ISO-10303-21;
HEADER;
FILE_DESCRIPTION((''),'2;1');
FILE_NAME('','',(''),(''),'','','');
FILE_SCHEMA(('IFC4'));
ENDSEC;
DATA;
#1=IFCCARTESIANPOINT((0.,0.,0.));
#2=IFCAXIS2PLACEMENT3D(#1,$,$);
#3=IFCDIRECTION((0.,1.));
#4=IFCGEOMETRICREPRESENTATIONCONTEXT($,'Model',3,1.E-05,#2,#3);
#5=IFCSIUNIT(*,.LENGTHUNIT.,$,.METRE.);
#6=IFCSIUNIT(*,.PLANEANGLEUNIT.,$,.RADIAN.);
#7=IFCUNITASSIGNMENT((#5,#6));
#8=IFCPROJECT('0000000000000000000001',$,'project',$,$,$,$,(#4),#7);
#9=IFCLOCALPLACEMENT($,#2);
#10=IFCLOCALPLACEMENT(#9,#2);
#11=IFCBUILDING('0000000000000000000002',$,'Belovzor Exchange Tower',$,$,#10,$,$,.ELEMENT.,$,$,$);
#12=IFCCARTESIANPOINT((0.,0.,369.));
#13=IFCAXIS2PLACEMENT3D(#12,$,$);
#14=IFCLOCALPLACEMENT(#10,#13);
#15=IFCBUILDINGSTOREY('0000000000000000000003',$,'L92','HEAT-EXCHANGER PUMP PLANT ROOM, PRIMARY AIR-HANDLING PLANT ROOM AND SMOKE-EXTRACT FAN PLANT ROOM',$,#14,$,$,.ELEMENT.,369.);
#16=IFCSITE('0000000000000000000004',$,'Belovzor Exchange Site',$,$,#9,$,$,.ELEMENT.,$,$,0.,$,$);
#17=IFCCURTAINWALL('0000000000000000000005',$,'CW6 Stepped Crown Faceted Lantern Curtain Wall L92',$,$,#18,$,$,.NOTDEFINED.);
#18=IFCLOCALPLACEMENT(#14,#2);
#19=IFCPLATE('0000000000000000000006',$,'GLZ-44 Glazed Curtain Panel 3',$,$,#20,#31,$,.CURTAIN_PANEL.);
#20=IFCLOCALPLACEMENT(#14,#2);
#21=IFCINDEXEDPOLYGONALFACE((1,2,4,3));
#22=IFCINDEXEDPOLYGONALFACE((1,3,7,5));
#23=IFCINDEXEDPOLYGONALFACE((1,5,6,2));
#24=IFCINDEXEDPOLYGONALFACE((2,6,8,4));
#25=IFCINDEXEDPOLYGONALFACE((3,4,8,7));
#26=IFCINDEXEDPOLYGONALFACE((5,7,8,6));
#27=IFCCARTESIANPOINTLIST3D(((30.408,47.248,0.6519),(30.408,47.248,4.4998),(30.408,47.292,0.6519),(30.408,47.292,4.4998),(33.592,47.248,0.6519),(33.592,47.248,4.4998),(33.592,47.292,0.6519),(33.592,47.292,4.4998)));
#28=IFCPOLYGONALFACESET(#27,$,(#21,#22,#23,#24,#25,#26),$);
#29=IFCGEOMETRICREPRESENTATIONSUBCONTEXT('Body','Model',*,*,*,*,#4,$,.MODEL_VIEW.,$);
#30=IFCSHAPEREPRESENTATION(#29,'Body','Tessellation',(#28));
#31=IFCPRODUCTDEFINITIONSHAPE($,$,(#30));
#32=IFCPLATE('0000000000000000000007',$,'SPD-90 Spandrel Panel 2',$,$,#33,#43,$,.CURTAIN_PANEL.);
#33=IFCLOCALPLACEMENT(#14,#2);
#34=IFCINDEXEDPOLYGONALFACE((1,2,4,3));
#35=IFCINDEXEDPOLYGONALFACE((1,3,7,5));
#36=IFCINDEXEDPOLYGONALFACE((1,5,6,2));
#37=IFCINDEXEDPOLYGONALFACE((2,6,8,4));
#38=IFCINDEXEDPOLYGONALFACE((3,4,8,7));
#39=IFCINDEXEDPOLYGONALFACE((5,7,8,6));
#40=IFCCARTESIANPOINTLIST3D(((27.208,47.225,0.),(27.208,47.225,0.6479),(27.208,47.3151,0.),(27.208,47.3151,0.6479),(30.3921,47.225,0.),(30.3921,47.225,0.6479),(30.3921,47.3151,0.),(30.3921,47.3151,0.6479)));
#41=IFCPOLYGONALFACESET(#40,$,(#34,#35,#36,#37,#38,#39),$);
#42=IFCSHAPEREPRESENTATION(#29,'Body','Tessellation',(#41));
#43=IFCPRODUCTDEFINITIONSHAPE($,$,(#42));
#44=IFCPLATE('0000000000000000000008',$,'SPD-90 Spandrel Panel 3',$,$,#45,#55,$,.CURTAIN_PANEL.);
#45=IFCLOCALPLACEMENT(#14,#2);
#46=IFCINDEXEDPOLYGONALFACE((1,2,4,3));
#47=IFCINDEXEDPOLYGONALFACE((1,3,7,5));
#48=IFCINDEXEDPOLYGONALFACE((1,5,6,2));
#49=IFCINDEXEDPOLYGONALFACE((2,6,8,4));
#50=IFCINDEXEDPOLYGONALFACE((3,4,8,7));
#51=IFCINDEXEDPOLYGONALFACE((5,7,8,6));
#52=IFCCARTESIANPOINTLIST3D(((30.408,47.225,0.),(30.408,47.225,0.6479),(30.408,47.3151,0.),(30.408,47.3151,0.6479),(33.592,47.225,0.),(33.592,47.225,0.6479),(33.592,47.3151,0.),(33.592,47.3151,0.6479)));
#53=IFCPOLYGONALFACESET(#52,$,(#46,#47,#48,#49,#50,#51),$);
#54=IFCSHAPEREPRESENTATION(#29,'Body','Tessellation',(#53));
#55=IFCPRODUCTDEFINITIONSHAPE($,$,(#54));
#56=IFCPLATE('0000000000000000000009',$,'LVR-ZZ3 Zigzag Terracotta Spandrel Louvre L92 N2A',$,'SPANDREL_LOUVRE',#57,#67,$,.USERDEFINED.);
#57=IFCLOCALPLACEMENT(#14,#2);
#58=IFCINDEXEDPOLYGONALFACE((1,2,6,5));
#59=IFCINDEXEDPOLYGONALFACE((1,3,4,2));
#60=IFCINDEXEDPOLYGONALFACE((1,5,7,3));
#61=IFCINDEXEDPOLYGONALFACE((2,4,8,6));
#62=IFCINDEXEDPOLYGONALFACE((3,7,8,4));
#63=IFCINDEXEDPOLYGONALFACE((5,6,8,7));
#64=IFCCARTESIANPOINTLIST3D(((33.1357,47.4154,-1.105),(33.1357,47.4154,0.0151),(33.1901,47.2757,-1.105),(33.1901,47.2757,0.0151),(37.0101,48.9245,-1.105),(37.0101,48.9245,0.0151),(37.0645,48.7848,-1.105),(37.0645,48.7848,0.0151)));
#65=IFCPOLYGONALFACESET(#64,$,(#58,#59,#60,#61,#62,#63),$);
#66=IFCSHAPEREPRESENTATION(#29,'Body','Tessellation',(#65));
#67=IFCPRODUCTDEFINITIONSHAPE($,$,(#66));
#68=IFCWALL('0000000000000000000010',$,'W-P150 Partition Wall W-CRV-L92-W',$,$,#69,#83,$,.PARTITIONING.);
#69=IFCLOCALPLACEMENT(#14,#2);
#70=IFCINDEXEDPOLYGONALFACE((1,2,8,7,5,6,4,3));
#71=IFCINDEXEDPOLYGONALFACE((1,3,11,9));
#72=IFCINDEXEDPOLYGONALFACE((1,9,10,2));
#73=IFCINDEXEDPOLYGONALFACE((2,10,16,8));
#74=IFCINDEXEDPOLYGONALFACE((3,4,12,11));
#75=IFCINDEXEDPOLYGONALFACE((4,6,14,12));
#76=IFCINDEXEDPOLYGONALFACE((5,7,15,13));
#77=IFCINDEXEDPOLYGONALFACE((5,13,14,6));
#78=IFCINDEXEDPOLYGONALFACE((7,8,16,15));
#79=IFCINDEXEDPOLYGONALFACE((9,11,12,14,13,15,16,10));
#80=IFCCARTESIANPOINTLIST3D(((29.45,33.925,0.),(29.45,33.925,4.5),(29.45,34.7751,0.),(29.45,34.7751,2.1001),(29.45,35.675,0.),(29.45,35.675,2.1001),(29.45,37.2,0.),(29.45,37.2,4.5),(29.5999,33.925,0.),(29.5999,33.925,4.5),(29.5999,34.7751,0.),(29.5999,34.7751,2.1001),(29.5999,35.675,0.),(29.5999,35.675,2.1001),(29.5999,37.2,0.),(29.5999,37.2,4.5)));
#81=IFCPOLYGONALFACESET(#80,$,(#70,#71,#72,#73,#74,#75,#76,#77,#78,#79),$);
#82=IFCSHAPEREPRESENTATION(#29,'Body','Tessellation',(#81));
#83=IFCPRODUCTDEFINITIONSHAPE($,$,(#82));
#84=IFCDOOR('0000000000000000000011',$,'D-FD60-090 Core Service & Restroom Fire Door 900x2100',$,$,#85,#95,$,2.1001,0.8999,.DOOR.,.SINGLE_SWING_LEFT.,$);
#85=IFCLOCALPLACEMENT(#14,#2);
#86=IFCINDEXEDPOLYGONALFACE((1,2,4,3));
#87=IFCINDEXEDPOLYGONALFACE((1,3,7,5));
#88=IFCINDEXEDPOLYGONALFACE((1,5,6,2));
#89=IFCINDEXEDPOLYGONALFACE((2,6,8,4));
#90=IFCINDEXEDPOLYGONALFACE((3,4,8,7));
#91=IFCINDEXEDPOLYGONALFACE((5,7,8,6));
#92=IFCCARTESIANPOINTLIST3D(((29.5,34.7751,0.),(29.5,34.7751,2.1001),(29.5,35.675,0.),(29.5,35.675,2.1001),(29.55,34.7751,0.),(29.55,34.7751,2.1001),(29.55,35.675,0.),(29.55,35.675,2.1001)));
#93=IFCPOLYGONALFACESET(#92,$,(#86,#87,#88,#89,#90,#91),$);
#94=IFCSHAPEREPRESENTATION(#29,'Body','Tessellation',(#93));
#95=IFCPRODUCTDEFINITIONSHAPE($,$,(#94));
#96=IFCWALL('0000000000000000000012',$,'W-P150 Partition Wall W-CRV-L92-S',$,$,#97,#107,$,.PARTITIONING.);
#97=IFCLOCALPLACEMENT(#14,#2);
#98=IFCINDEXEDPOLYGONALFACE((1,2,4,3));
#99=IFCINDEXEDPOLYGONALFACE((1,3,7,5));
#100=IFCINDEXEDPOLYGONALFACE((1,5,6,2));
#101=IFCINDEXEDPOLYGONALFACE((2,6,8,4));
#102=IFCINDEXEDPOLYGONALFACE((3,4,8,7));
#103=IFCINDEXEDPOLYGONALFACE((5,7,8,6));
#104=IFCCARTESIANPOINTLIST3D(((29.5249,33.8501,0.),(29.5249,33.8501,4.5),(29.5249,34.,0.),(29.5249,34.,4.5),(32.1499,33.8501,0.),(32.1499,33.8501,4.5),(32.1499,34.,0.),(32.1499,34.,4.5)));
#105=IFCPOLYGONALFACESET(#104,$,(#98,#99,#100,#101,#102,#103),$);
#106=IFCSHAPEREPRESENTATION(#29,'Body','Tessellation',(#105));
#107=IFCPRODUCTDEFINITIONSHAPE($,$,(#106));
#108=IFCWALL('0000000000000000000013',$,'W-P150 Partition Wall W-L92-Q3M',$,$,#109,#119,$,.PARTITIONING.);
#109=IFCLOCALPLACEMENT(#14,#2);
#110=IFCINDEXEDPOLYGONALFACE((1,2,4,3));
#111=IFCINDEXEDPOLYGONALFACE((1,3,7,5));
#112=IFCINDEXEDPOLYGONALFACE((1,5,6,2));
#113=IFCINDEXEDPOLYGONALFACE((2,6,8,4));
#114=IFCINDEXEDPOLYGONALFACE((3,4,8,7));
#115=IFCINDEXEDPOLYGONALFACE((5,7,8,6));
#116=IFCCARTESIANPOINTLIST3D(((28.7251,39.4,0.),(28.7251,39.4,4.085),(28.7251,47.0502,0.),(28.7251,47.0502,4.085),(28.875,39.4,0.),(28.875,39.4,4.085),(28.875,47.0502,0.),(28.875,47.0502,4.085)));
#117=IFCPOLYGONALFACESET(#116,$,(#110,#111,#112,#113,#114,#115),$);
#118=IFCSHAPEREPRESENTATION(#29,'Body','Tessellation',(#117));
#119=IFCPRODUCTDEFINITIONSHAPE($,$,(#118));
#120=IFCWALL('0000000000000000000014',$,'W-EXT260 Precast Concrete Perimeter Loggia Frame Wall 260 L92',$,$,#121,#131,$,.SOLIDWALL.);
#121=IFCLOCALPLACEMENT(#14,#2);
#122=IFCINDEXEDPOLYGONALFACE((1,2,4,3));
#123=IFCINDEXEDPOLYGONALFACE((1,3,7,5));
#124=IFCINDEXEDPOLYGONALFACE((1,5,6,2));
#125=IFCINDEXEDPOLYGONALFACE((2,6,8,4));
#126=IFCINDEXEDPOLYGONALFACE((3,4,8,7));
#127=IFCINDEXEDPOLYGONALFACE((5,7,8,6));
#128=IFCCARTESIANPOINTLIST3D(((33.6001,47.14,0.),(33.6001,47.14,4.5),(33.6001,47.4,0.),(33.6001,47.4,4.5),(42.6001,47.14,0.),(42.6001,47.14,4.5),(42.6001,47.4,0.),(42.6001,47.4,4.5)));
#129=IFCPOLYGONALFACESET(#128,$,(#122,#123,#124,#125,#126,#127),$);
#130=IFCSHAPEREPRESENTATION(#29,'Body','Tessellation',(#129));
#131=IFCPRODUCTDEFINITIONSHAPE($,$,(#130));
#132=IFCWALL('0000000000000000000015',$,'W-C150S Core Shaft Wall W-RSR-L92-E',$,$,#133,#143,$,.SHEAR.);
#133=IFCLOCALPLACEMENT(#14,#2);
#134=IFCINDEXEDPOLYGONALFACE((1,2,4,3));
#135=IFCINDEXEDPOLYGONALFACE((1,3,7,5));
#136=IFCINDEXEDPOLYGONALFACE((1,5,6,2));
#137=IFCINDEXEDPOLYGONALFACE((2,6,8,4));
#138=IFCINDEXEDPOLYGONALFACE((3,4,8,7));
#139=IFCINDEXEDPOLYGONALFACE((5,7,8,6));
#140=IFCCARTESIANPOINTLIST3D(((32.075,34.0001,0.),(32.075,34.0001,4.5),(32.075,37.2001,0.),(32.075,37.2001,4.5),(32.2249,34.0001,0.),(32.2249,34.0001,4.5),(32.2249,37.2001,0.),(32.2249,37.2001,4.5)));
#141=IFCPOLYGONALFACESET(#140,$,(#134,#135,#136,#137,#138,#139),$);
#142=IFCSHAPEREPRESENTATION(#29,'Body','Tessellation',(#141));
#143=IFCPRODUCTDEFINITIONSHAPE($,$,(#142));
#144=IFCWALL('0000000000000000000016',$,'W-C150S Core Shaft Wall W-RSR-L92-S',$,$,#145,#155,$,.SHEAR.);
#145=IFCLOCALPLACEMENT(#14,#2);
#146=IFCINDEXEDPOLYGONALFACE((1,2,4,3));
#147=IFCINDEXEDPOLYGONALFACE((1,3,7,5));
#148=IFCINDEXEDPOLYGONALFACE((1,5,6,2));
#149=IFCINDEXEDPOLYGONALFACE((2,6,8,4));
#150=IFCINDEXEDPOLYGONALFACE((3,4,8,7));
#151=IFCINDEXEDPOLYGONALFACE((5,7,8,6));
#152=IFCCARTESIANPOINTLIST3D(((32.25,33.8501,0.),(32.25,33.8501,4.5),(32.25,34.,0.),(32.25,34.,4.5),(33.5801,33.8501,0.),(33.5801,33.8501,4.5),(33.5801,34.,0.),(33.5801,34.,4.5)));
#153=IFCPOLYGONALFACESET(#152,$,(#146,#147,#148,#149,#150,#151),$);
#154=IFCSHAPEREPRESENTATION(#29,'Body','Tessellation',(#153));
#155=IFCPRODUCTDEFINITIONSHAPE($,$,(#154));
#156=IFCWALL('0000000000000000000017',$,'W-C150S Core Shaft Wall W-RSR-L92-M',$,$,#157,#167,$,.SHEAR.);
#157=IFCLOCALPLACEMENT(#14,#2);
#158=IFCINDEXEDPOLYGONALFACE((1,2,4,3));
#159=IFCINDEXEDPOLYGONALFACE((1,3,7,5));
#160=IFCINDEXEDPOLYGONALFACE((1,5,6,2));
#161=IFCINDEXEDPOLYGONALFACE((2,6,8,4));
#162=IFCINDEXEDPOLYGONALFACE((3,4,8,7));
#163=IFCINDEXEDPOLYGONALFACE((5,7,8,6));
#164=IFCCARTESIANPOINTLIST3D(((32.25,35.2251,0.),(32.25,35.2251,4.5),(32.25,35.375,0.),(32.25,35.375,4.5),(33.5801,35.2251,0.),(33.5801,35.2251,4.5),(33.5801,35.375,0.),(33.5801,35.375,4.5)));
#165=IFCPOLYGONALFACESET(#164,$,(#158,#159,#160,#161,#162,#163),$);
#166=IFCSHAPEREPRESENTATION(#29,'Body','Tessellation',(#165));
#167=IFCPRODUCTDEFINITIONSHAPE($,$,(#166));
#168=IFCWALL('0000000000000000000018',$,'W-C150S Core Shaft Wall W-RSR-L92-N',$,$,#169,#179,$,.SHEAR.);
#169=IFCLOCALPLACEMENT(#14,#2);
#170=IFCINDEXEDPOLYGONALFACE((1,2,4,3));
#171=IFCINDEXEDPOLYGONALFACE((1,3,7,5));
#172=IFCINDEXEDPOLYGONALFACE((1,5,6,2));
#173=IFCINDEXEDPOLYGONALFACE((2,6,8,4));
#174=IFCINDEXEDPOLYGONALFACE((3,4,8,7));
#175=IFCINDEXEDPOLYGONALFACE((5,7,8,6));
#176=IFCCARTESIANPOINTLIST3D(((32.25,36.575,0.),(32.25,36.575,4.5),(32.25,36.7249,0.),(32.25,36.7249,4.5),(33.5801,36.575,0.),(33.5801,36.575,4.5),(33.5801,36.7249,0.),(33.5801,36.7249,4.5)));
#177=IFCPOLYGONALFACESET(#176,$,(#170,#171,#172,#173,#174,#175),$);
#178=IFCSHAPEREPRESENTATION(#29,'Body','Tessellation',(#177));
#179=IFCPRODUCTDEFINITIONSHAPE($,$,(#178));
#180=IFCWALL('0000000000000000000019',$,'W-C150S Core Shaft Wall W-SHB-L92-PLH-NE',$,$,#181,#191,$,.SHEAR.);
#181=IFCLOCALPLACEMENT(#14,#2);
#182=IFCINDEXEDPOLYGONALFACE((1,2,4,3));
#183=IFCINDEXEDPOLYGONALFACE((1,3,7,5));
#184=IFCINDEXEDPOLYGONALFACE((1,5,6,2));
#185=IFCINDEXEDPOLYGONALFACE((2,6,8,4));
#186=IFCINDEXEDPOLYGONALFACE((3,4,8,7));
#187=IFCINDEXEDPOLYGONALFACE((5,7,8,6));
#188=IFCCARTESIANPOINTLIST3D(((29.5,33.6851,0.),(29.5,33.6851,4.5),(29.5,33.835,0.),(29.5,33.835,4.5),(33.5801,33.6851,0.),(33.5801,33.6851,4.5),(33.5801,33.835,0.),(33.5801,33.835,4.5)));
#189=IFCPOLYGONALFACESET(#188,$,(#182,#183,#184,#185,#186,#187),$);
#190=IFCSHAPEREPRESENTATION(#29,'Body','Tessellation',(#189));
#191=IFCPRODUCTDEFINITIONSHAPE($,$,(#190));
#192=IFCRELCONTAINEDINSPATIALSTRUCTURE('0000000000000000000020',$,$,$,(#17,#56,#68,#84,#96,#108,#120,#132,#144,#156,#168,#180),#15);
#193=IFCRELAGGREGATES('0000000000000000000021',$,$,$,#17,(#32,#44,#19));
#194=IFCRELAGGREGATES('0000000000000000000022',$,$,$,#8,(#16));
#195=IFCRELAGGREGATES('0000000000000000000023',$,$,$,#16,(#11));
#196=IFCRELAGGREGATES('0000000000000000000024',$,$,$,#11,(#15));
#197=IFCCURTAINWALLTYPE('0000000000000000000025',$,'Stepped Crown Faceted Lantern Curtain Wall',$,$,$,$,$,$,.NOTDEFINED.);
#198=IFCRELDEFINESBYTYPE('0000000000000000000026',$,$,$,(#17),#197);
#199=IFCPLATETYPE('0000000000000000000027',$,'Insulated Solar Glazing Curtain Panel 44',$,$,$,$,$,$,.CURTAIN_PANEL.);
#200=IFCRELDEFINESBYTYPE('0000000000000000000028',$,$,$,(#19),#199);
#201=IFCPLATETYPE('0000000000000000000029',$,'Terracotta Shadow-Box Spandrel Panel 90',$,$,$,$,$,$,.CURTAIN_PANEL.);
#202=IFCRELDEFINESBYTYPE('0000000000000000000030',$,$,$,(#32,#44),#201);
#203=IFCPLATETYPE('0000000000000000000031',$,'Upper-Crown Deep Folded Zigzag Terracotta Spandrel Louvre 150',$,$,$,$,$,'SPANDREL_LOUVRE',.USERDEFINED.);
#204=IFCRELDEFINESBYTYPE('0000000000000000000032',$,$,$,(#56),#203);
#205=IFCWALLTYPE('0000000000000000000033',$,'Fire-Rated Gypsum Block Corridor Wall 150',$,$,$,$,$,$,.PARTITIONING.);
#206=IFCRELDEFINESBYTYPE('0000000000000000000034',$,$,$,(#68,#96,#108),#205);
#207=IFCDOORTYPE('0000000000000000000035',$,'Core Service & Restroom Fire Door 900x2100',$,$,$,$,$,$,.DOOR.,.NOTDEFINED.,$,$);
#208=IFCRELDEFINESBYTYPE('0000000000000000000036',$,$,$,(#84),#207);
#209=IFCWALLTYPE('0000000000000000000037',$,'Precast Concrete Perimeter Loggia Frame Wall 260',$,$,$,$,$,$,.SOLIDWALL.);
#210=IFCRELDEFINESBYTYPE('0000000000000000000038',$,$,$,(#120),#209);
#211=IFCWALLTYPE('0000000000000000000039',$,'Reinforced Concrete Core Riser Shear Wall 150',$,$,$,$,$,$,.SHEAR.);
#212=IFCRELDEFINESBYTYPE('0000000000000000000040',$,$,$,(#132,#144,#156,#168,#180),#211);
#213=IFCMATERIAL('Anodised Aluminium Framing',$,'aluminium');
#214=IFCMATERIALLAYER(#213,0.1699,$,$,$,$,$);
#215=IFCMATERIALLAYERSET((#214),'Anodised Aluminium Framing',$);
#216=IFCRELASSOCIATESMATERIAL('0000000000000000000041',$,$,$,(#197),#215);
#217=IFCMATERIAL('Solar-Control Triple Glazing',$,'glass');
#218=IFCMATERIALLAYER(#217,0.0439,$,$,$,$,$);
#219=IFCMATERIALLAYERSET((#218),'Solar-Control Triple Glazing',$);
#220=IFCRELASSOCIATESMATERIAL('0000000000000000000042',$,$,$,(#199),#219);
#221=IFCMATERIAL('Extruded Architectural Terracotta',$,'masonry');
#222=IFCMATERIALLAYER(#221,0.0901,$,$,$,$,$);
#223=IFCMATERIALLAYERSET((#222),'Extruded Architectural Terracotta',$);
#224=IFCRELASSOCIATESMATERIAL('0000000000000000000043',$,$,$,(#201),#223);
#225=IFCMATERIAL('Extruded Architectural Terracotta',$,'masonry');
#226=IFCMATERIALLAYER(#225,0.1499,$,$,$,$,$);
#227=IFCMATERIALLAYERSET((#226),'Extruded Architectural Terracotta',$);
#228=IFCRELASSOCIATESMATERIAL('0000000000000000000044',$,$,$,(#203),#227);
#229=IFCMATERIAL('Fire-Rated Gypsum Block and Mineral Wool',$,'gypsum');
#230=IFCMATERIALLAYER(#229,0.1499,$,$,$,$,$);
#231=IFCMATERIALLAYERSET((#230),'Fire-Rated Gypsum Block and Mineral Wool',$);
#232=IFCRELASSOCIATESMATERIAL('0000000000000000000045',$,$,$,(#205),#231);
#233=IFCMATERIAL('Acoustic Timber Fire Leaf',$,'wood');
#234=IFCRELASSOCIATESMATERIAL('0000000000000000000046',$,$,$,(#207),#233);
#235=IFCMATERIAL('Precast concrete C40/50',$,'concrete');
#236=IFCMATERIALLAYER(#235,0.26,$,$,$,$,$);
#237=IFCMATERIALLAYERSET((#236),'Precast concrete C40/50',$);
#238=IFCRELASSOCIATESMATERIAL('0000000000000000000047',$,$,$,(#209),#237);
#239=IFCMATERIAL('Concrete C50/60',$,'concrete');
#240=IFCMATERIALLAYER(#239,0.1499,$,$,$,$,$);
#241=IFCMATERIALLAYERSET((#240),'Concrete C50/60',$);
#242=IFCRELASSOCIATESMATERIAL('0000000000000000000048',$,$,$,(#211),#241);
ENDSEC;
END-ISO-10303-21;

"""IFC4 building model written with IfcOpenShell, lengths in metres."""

from ifc_helpers import new_model, si_unit, direction, frame, frame_2d, origin, origin_2d, place, context, subcontext, project, spatial, rectangle, extrude, material, layer, layer_set, type_object, element, fill, aggregate, save


model = new_model("IFC4")

# Units and contexts
model_context = context("Model", 3, precision=1e-05, world=origin(), true_north=direction((0.0, 1.0)))
body_context = subcontext(model_context, "Body", "Model", "MODEL_VIEW")
ifc_project = project(units=[si_unit("LENGTHUNIT", "METRE"), si_unit("PLANEANGLEUNIT", "RADIAN")], contexts=[model_context])

# Site, building, storey
site_placement = place(None, origin())
site = spatial("IfcSite", under=ifc_project, at=site_placement, Name="Belovzor Exchange Site", CompositionType="ELEMENT", RefElevation=0.0)
building_placement = place(site_placement, origin())
building = spatial("IfcBuilding", under=site, at=building_placement, Name="Belovzor Exchange Tower", CompositionType="ELEMENT")
storey_placement = place(building_placement, frame((0.0, 0.0, 369.0)))
storey = spatial("IfcBuildingStorey", under=building, at=storey_placement, Name="L92", Description="HEAT-EXCHANGER PUMP PLANT ROOM, PRIMARY AIR-HANDLING PLANT ROOM AND SMOKE-EXTRACT FAN PLANT ROOM", CompositionType="ELEMENT", Elevation=369.0)

# Curtain wall
ifc_material_1 = material(Name="Anodised Aluminium Framing", Category="aluminium")
ifc_layer_1 = layer(ifc_material_1, 0.1699)
ifc_layer_set_1 = layer_set([ifc_layer_1], Name="Anodised Aluminium Framing")
curtain_wall_type = type_object("IfcCurtainWallType", Name="Stepped Crown Faceted Lantern Curtain Wall", PredefinedType="NOTDEFINED", material=ifc_layer_set_1)
curtain_wall_placement = place(storey_placement, origin())
curtain_wall = element("IfcCurtainWall", 1, at=curtain_wall_placement, inside=storey, type_object=curtain_wall_type, Name="CW6 Stepped Crown Faceted Lantern Curtain Wall L92", PredefinedType="NOTDEFINED")

# Plates
ifc_material_2 = material(Name="Solar-Control Triple Glazing", Category="glass")
ifc_layer_2 = layer(ifc_material_2, 0.0439)
ifc_layer_set_2 = layer_set([ifc_layer_2], Name="Solar-Control Triple Glazing")
plate_type_1 = type_object("IfcPlateType", Name="Insulated Solar Glazing Curtain Panel 44", PredefinedType="CURTAIN_PANEL", material=ifc_layer_set_2)
plate_1_placement = place(storey_placement, frame((32.0, 47.27, 0.6519), z_axis=(0.0, 0.0, 1.0), x_axis=(1.0, 0.0, 0.0)))
plate_1 = element("IfcPlate", 2, at=plate_1_placement, type_object=plate_type_1, Name="GLZ-44 Glazed Curtain Panel 3", PredefinedType="CURTAIN_PANEL", context=body_context, shape_type="SweptSolid", body=[
    extrude(rectangle(XDim=3.1841, YDim=0.0439, at=origin_2d()), origin(), (0.0, 0.0, 1.0), 3.8479),
])
ifc_material_3 = material(Name="Extruded Architectural Terracotta", Category="masonry")
ifc_layer_3 = layer(ifc_material_3, 0.0901)
ifc_layer_set_3 = layer_set([ifc_layer_3], Name="Extruded Architectural Terracotta")
plate_type_2 = type_object("IfcPlateType", Name="Terracotta Shadow-Box Spandrel Panel 90", PredefinedType="CURTAIN_PANEL", material=ifc_layer_set_3)
plate_2_placement = place(storey_placement, frame((28.8, 47.27, 0.0), z_axis=(0.0, 0.0, 1.0), x_axis=(1.0, 0.0, 0.0)))
plate_2 = element("IfcPlate", 3, at=plate_2_placement, type_object=plate_type_2, Name="SPD-90 Spandrel Panel 2", PredefinedType="CURTAIN_PANEL", context=body_context, shape_type="SweptSolid", body=[
    extrude(rectangle(XDim=3.1841, YDim=0.0901, at=origin_2d()), origin(), (0.0, 0.0, 1.0), 0.6479),
])
plate_3_placement = place(storey_placement, frame((32.0, 47.27, 0.0), z_axis=(0.0, 0.0, 1.0), x_axis=(1.0, 0.0, 0.0)))
plate_3 = element("IfcPlate", 4, at=plate_3_placement, type_object=plate_type_2, Name="SPD-90 Spandrel Panel 3", PredefinedType="CURTAIN_PANEL", context=body_context, shape_type="SweptSolid", body=[
    extrude(rectangle(XDim=3.1841, YDim=0.0901, at=origin_2d()), origin(), (0.0, 0.0, 1.0), 0.6479),
])
aggregate(curtain_wall, [plate_2, plate_3, plate_1])
ifc_material_4 = material(Name="Extruded Architectural Terracotta", Category="masonry")
ifc_layer_4 = layer(ifc_material_4, 0.1499)
ifc_layer_set_4 = layer_set([ifc_layer_4], Name="Extruded Architectural Terracotta")
plate_type_3 = type_object("IfcPlateType", Name="Upper-Crown Deep Folded Zigzag Terracotta Spandrel Louvre 150", ElementType="SPANDREL_LOUVRE", PredefinedType="USERDEFINED", material=ifc_layer_set_4)
plate_4_placement = place(storey_placement, frame((35.1001, 48.1001, -1.105), z_axis=(0.0, 0.0, 1.0), x_axis=(0.931818, 0.362926, 0.0)))
element("IfcPlate", 5, at=plate_4_placement, inside=storey, type_object=plate_type_3, Name="LVR-ZZ3 Zigzag Terracotta Spandrel Louvre L92 N2A", ObjectType="SPANDREL_LOUVRE", PredefinedType="USERDEFINED", context=body_context, shape_type="SweptSolid", body=[
    extrude(rectangle(XDim=4.158, YDim=0.1499, at=origin_2d()), origin(), (0.0, 0.0, 1.0), 1.1201),
])

# Wall, opening, door
ifc_material_5 = material(Name="Fire-Rated Gypsum Block and Mineral Wool", Category="gypsum")
ifc_layer_5 = layer(ifc_material_5, 0.1499)
ifc_layer_set_5 = layer_set([ifc_layer_5], Name="Fire-Rated Gypsum Block and Mineral Wool")
wall_type_1 = type_object("IfcWallType", Name="Fire-Rated Gypsum Block Corridor Wall 150", PredefinedType="PARTITIONING", material=ifc_layer_set_5)
wall_1_placement = place(storey_placement, frame((29.5249, 33.925, 0.0), z_axis=(0.0, 0.0, 1.0), x_axis=(0.0, 1.0, 0.0)))
wall_1 = element("IfcWall", 6, at=wall_1_placement, inside=storey, type_object=wall_type_1, Name="W-P150 Partition Wall W-CRV-L92-W", PredefinedType="PARTITIONING", context=body_context, shape_type="SweptSolid", body=[
    extrude(rectangle(XDim=3.2749, YDim=0.1499, at=frame_2d((1.6375, 0.0))), origin(), (0.0, 0.0, 1.0), 4.5),
])
opening_placement = place(wall_1_placement, frame((0.8501, 0.0, 0.0)))
opening = element("IfcOpeningElement", 7, at=opening_placement, cuts=wall_1, PredefinedType="OPENING", context=body_context, shape_type="SweptSolid", body=[
    extrude(rectangle(XDim=0.8999, YDim=2.1001, at=frame_2d((0.45, 1.05))), frame((0.0, 0.085, 0.0), z_axis=(0.0, -1.0, 0.0), x_axis=(1.0, 0.0, 0.0)), (0.0, 0.0, 1.0), 0.1699),
])
ifc_material_6 = material(Name="Acoustic Timber Fire Leaf", Category="wood")
door_type = type_object("IfcDoorType", Name="Core Service & Restroom Fire Door 900x2100", OperationType="NOTDEFINED", PredefinedType="DOOR", material=ifc_material_6)
door_placement = place(opening_placement, origin())
door = element("IfcDoor", 8, at=door_placement, inside=storey, type_object=door_type, Name="D-FD60-090 Core Service & Restroom Fire Door 900x2100", OperationType="SINGLE_SWING_LEFT", OverallHeight=2.1001, OverallWidth=0.8999, PredefinedType="DOOR", context=body_context, shape_type="SweptSolid", body=[
    extrude(rectangle(XDim=0.8999, YDim=2.1001, at=frame_2d((0.45, 1.05))), frame((0.0, 0.0249, 0.0), z_axis=(0.0, -1.0, 0.0), x_axis=(1.0, 0.0, 0.0)), (0.0, 0.0, 1.0), 0.05),
])
fill(opening, door)

# Walls
wall_2_placement = place(storey_placement, frame((29.5249, 33.925, 0.0), z_axis=(0.0, 0.0, 1.0), x_axis=(1.0, 0.0, 0.0)))
element("IfcWall", 9, at=wall_2_placement, inside=storey, type_object=wall_type_1, Name="W-P150 Partition Wall W-CRV-L92-S", PredefinedType="PARTITIONING", context=body_context, shape_type="SweptSolid", body=[
    extrude(rectangle(XDim=2.625, YDim=0.1499, at=frame_2d((1.3125, 0.0))), origin(), (0.0, 0.0, 1.0), 4.5),
])
wall_3_placement = place(storey_placement, frame((28.8, 39.3999, 0.0), z_axis=(0.0, 0.0, 1.0), x_axis=(0.0, 1.0, 0.0)))
element("IfcWall", 10, at=wall_3_placement, inside=storey, type_object=wall_type_1, Name="W-P150 Partition Wall W-L92-Q3M", PredefinedType="PARTITIONING", context=body_context, shape_type="SweptSolid", body=[
    extrude(rectangle(XDim=7.6501, YDim=0.1499, at=frame_2d((3.8252, 0.0))), origin(), (0.0, 0.0, 1.0), 4.085),
])
ifc_material_7 = material(Name="Precast concrete C40/50", Category="concrete")
ifc_layer_6 = layer(ifc_material_7, 0.26)
ifc_layer_set_6 = layer_set([ifc_layer_6], Name="Precast concrete C40/50")
wall_type_2 = type_object("IfcWallType", Name="Precast Concrete Perimeter Loggia Frame Wall 260", PredefinedType="SOLIDWALL", material=ifc_layer_set_6)
wall_4_placement = place(storey_placement, frame((33.6001, 47.27, 0.0), z_axis=(0.0, 0.0, 1.0), x_axis=(1.0, 0.0, 0.0)))
element("IfcWall", 11, at=wall_4_placement, inside=storey, type_object=wall_type_2, Name="W-EXT260 Precast Concrete Perimeter Loggia Frame Wall 260 L92", PredefinedType="SOLIDWALL", context=body_context, shape_type="SweptSolid", body=[
    extrude(rectangle(XDim=9.0, YDim=0.26, at=frame_2d((4.5, 0.0))), origin(), (0.0, 0.0, 1.0), 4.5),
])
ifc_material_8 = material(Name="Concrete C50/60", Category="concrete")
ifc_layer_7 = layer(ifc_material_8, 0.1499)
ifc_layer_set_7 = layer_set([ifc_layer_7], Name="Concrete C50/60")
wall_type_3 = type_object("IfcWallType", Name="Reinforced Concrete Core Riser Shear Wall 150", PredefinedType="SHEAR", material=ifc_layer_set_7)
wall_5_placement = place(storey_placement, frame((32.1499, 34.0, 0.0), z_axis=(0.0, 0.0, 1.0), x_axis=(0.0, 1.0, 0.0)))
element("IfcWall", 12, at=wall_5_placement, inside=storey, type_object=wall_type_3, Name="W-C150S Core Shaft Wall W-RSR-L92-E", PredefinedType="SHEAR", context=body_context, shape_type="SweptSolid", body=[
    extrude(rectangle(XDim=3.2, YDim=0.1499, at=frame_2d((1.6001, 0.0))), origin(), (0.0, 0.0, 1.0), 4.5),
])
for number, where, z_axis, x_axis, name in (
    (13, (32.25, 33.925, 0.0), (0.0, 0.0, 1.0), (1.0, 0.0, 0.0), "W-C150S Core Shaft Wall W-RSR-L92-S"),
    (14, (32.25, 35.3, 0.0), (0.0, 0.0, 1.0), (1.0, 0.0, 0.0), "W-C150S Core Shaft Wall W-RSR-L92-M"),
    (15, (32.25, 36.6499, 0.0), (0.0, 0.0, 1.0), (1.0, 0.0, 0.0), "W-C150S Core Shaft Wall W-RSR-L92-N"),
):
    element("IfcWall", number, at=place(storey_placement, frame(where, z_axis=z_axis, x_axis=x_axis)), inside=storey, type_object=wall_type_3, Name=name, PredefinedType="SHEAR", context=body_context, shape_type="SweptSolid", body=[
        extrude(rectangle(XDim=1.3301, YDim=0.1499, at=frame_2d((0.665, 0.0))), origin(), (0.0, 0.0, 1.0), 4.5),
    ])
wall_6_placement = place(storey_placement, frame((29.5, 33.76, 0.0), z_axis=(0.0, 0.0, 1.0), x_axis=(1.0, 0.0, 0.0)))
element("IfcWall", 16, at=wall_6_placement, inside=storey, type_object=wall_type_3, Name="W-C150S Core Shaft Wall W-SHB-L92-PLH-NE", PredefinedType="SHEAR", context=body_context, shape_type="SweptSolid", body=[
    extrude(rectangle(XDim=4.0801, YDim=0.1499, at=frame_2d((2.04, 0.0))), origin(), (0.0, 0.0, 1.0), 4.5),
])

save(model, "model.ifc")
